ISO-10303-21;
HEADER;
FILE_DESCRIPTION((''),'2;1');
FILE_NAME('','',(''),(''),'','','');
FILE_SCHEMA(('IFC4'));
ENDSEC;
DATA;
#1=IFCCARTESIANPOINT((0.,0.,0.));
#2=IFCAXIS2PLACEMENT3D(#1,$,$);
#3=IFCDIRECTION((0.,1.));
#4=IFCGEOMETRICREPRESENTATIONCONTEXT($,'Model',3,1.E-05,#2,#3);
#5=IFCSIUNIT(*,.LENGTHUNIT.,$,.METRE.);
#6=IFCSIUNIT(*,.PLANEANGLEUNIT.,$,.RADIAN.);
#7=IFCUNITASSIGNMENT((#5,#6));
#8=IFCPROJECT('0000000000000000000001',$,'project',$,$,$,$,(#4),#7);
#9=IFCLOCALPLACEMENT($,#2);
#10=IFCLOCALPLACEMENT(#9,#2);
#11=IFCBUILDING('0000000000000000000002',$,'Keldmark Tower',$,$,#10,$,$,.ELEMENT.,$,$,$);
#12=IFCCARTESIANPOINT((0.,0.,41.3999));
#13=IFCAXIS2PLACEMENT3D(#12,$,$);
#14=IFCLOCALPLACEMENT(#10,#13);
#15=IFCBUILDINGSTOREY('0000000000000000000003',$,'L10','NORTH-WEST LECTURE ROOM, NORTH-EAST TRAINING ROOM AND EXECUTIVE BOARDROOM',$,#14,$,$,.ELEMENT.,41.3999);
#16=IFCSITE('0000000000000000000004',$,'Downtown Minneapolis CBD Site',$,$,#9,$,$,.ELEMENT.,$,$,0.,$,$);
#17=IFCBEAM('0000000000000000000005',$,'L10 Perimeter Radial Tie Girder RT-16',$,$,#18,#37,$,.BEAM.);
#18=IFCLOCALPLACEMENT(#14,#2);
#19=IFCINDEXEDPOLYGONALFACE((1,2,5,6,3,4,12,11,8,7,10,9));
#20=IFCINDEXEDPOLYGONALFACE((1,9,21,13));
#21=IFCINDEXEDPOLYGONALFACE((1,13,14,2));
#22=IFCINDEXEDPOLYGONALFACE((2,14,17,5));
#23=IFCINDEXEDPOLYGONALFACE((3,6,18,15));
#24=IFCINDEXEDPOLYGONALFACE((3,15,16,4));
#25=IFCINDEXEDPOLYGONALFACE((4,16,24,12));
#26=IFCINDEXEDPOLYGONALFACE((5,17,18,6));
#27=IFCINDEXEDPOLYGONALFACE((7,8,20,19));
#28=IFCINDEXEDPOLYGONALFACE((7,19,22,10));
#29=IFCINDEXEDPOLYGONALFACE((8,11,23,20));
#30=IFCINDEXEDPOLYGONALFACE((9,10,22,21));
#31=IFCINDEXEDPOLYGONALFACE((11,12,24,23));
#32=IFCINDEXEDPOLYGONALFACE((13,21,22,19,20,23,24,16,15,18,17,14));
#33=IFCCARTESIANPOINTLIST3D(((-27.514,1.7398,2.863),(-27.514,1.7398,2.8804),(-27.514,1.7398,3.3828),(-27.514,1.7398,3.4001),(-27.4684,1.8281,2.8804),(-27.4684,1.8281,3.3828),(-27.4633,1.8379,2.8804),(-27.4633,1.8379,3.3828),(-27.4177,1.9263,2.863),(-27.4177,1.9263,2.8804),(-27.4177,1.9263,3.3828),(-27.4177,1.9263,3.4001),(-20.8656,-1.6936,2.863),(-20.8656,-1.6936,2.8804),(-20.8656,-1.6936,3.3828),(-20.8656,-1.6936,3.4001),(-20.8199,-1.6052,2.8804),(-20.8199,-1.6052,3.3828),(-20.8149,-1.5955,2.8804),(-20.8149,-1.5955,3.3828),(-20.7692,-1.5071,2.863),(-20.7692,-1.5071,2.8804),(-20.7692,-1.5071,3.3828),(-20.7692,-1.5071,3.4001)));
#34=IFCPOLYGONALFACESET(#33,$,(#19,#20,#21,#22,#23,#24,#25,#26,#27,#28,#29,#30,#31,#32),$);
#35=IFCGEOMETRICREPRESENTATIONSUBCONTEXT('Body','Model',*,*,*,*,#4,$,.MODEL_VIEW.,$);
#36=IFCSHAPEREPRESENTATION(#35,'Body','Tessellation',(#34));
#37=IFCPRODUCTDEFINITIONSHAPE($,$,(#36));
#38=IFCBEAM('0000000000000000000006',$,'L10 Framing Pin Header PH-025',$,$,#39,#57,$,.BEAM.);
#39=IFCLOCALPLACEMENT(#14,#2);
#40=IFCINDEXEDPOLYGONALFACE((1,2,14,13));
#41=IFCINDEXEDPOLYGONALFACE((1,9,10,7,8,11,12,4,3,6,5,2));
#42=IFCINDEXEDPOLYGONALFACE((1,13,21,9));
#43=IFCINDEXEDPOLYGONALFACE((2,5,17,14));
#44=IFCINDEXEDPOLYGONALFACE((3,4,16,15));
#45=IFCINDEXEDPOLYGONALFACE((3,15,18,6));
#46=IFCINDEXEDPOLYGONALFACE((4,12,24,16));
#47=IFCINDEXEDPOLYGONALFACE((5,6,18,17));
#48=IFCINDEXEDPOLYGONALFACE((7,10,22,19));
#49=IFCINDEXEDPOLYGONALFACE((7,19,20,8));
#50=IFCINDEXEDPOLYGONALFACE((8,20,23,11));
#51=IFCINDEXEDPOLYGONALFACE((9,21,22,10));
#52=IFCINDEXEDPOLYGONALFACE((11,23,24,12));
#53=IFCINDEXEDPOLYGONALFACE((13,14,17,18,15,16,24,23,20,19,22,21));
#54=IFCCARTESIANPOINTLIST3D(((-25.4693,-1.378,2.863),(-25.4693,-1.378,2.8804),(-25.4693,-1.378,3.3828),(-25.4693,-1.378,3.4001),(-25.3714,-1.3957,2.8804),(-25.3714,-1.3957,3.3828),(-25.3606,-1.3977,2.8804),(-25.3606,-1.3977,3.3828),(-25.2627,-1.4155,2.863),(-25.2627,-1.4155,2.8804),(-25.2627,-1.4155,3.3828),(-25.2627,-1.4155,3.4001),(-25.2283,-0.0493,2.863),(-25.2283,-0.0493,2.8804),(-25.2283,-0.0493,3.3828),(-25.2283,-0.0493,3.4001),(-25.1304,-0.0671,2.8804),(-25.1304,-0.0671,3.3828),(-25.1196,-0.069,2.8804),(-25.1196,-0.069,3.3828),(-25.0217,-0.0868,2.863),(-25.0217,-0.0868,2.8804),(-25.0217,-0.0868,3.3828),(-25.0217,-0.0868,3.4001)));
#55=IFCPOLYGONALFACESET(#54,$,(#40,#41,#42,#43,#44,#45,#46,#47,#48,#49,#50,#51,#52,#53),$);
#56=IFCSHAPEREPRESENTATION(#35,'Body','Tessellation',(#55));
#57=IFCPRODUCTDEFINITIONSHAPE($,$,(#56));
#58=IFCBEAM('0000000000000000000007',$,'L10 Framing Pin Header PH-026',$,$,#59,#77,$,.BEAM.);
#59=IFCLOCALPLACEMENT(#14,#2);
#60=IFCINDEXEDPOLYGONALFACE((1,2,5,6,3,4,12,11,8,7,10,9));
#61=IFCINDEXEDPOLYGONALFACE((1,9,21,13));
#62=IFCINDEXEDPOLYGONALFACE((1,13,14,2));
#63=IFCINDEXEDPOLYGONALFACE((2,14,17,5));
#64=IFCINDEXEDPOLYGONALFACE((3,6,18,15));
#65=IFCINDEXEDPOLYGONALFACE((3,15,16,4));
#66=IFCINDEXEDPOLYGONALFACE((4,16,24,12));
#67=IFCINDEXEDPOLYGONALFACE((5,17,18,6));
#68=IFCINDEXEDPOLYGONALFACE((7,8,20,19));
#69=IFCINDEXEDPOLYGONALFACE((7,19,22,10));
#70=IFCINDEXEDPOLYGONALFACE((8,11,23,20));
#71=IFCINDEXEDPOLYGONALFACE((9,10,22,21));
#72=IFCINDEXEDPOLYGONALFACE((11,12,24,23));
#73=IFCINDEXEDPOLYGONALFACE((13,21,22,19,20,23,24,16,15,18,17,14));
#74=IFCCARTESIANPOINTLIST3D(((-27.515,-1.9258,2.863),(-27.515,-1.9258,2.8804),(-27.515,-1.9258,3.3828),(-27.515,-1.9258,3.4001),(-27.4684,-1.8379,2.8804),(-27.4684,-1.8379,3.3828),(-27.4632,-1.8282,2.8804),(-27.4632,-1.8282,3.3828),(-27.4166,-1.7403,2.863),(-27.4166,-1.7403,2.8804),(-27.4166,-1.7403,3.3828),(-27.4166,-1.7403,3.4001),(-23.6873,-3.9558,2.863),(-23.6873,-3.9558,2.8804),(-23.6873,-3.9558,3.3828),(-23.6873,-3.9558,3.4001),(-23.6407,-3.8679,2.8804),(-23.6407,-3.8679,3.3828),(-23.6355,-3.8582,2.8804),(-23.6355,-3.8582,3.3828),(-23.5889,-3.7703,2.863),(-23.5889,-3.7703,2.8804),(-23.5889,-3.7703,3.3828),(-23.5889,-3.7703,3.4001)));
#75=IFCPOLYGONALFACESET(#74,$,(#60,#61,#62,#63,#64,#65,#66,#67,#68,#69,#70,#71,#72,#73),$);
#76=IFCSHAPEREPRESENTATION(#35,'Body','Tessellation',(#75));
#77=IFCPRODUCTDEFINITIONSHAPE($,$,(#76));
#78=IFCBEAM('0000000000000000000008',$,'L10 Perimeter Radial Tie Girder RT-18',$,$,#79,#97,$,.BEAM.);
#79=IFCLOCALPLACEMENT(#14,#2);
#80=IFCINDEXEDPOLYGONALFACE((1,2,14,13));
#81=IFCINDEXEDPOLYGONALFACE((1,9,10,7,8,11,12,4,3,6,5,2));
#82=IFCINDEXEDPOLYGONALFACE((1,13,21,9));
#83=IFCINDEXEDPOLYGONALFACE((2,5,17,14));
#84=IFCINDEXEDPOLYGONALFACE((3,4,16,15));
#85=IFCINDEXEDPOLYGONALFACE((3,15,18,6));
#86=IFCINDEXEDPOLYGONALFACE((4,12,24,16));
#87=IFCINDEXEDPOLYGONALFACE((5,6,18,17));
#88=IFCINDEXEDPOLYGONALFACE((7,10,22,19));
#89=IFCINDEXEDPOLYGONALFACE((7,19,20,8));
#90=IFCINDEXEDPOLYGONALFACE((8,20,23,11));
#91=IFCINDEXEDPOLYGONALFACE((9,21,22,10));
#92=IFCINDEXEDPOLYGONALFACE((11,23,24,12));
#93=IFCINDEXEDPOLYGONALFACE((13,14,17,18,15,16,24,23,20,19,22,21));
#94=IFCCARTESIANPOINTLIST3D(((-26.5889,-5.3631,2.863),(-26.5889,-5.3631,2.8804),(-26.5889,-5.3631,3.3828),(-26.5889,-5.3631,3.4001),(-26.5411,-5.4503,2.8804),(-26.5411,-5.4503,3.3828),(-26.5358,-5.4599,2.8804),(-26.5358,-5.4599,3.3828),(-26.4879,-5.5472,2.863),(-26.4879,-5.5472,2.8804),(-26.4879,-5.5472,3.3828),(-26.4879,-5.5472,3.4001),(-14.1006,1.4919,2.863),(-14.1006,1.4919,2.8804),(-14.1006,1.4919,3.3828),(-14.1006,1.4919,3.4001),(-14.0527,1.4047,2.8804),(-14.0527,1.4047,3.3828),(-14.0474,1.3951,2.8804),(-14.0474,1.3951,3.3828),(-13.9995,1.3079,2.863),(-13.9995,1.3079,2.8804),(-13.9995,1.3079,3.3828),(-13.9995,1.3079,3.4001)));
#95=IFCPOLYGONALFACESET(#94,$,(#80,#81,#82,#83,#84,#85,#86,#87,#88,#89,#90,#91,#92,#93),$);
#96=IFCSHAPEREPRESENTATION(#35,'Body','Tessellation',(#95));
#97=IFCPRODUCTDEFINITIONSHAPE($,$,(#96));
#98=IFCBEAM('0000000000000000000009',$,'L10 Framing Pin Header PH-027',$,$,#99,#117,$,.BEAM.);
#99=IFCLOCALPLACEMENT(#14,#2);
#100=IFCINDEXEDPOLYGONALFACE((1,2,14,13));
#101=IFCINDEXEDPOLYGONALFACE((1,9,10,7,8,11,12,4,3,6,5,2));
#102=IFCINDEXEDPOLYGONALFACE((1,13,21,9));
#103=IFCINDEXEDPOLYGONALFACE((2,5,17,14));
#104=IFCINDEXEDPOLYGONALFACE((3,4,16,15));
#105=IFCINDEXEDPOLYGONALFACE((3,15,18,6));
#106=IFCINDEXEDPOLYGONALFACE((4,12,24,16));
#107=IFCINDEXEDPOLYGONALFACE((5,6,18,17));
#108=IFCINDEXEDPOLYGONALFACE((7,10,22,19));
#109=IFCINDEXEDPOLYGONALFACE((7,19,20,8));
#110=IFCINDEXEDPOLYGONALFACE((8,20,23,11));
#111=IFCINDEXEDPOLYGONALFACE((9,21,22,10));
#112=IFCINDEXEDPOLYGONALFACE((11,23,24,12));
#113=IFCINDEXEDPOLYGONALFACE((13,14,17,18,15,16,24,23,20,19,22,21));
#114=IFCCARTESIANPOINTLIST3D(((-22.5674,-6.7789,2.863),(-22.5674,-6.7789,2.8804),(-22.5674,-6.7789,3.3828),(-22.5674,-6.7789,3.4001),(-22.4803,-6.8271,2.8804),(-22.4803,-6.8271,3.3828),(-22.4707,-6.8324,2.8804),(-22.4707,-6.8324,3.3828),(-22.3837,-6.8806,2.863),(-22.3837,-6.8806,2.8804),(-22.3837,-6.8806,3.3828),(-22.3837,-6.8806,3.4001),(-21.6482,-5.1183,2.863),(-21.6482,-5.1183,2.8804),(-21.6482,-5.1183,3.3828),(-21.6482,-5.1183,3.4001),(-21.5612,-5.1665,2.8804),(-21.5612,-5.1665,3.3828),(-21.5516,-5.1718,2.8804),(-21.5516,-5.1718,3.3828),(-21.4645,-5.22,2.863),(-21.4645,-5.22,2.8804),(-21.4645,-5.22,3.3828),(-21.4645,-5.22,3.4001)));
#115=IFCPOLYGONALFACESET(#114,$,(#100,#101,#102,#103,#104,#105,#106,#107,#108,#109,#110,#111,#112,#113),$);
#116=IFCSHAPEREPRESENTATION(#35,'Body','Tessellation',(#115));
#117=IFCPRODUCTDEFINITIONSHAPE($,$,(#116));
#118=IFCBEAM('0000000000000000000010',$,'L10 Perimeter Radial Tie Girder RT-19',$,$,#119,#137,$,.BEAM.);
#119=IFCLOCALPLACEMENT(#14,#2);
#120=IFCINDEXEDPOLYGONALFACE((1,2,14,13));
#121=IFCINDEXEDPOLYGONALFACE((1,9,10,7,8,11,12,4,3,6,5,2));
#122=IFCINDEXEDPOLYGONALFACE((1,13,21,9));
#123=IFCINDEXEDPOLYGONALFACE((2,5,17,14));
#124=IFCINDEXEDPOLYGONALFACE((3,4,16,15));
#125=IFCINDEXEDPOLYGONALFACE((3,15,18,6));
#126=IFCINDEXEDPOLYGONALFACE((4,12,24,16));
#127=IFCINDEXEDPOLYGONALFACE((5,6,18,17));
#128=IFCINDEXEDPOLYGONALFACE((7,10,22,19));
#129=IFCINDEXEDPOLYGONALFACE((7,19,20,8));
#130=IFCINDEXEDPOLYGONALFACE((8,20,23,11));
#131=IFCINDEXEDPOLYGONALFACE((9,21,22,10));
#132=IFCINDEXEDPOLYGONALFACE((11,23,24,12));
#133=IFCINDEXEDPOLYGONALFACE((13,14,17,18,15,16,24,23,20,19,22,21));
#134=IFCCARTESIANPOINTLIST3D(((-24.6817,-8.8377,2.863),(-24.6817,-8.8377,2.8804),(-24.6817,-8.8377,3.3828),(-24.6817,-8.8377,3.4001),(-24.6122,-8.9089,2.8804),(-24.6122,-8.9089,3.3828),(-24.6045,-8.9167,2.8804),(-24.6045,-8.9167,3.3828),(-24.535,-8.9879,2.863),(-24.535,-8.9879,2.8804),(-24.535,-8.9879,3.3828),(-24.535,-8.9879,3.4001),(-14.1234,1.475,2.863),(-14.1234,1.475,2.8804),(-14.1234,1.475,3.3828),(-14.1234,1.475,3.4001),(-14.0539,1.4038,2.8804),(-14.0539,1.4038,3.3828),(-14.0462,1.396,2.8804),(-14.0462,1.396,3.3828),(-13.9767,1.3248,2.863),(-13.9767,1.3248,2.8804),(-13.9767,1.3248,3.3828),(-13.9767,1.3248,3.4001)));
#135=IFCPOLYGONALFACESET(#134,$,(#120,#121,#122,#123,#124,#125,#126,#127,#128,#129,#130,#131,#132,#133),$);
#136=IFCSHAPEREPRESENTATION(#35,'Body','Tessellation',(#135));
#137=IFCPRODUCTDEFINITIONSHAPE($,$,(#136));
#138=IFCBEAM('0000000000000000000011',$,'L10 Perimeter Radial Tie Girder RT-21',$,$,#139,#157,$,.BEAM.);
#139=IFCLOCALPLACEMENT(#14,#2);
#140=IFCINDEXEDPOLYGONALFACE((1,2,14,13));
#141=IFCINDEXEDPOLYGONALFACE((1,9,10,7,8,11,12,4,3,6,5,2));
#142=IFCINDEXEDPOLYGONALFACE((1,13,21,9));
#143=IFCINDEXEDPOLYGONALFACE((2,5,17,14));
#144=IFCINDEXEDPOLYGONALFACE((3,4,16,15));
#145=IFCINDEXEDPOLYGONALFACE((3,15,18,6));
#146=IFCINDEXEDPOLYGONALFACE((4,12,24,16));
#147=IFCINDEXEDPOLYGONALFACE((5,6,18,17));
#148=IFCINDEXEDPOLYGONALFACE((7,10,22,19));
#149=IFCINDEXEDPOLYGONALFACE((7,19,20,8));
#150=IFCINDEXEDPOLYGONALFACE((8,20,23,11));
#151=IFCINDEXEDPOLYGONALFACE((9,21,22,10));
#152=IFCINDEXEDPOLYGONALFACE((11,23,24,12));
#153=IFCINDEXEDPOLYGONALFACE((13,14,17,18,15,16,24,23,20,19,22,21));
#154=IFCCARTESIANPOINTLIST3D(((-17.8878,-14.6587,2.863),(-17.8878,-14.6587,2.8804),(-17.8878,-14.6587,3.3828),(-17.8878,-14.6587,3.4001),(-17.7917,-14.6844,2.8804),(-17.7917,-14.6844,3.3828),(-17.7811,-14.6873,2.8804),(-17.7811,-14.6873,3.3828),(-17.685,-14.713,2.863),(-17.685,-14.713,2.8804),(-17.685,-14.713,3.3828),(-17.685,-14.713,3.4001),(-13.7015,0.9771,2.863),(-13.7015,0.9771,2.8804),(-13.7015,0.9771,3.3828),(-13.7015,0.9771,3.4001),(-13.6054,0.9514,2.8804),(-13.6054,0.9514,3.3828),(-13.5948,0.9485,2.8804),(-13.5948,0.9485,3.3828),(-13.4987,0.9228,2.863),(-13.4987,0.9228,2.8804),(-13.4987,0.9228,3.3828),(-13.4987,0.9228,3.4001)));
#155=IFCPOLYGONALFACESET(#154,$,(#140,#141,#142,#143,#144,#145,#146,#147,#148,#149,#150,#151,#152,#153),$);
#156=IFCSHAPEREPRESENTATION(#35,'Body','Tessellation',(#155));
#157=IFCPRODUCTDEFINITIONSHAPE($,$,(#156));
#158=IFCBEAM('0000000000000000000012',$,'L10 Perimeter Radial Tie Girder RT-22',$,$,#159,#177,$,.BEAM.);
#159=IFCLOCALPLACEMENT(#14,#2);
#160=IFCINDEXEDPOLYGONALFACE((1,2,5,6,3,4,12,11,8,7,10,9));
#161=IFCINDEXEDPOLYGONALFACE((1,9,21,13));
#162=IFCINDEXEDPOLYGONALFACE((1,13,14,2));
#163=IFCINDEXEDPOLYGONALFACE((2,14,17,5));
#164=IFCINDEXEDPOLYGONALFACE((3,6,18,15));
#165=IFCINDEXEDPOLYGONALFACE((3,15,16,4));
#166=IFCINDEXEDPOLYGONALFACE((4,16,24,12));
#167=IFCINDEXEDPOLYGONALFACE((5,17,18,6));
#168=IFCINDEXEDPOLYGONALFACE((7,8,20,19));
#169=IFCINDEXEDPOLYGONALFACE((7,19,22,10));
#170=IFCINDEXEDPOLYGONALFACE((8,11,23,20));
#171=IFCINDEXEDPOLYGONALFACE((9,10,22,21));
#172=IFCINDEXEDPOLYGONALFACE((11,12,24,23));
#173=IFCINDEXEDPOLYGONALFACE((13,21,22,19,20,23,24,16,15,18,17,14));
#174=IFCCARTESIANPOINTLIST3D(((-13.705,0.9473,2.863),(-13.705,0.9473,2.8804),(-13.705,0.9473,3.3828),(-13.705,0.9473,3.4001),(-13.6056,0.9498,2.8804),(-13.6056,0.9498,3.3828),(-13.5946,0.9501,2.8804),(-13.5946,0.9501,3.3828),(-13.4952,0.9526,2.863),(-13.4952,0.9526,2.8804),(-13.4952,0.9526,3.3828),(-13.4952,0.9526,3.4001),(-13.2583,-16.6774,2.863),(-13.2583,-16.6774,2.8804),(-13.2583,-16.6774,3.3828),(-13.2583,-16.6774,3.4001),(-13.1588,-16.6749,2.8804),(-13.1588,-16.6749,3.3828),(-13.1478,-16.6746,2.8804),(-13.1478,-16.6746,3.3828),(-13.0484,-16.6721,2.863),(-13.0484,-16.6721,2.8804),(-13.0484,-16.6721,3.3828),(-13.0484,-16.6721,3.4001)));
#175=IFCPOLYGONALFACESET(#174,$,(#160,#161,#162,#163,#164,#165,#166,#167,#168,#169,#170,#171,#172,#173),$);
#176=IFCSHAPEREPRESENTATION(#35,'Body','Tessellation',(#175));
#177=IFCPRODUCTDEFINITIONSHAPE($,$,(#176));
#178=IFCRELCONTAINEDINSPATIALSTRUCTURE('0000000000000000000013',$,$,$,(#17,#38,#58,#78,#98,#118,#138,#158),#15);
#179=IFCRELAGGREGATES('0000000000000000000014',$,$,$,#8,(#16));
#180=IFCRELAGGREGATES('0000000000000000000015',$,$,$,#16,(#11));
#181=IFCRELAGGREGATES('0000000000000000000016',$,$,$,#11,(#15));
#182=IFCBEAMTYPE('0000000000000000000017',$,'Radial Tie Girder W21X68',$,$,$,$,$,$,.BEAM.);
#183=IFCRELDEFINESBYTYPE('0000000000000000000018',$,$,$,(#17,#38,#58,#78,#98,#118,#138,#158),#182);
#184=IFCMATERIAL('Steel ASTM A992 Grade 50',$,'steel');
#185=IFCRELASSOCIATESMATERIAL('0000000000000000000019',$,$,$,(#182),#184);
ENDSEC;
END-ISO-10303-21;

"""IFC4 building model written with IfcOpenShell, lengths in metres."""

from ifc_helpers import new_model, si_unit, direction, frame, origin, origin_2d, place, context, subcontext, project, spatial, i_section, extrude, material, material_profile, profile_set, type_object, element, save


model = new_model("IFC4")

# Units and contexts
model_context = context("Model", 3, precision=1e-05, world=origin(), true_north=direction((0.0, 1.0)))
body_context = subcontext(model_context, "Body", "Model", "MODEL_VIEW")
ifc_project = project(units=[si_unit("LENGTHUNIT", "METRE"), si_unit("PLANEANGLEUNIT", "RADIAN")], contexts=[model_context])

# Site, building, storey
site_placement = place(None, origin())
site = spatial("IfcSite", under=ifc_project, at=site_placement, Name="Downtown Minneapolis CBD Site", CompositionType="ELEMENT", RefElevation=0.0)
building_placement = place(site_placement, origin())
building = spatial("IfcBuilding", under=site, at=building_placement, Name="Keldmark Tower", CompositionType="ELEMENT")
storey_placement = place(building_placement, frame((0.0, 0.0, 41.3999)))
storey = spatial("IfcBuildingStorey", under=building, at=storey_placement, Name="L10", Description="NORTH-WEST LECTURE ROOM, NORTH-EAST TRAINING ROOM AND EXECUTIVE BOARDROOM", CompositionType="ELEMENT", Elevation=41.3999)

# Beams
ifc_material_1 = material(Name="Steel ASTM A992 Grade 50", Category="steel")
ifc_material_profile_1 = material_profile(ifc_material_1, i_section(OverallWidth=0.21, OverallDepth=0.5371, WebThickness=0.011, FlangeThickness=0.0173, at=origin_2d()), Name="W21X68")
ifc_profile_set_1 = profile_set([ifc_material_profile_1], Name="Steel ASTM A992 Grade 50")
beam_type_1 = type_object("IfcBeamType", Name="Radial Tie Girder W21X68", PredefinedType="BEAM", material=ifc_profile_set_1)
beam_1_placement = place(storey_placement, frame((-20.8174, -1.6003, 3.1316), z_axis=(-0.888517, 0.458843, 0.0), x_axis=(-0.458843, -0.888517, 0.0)))
element("IfcBeam", 1, at=beam_1_placement, inside=storey, type_object=beam_type_1, Name="L10 Perimeter Radial Tie Girder RT-16", PredefinedType="BEAM", context=body_context, shape_type="SweptSolid", body=[
    extrude(i_section(OverallWidth=0.21, OverallDepth=0.5371, WebThickness=0.011, FlangeThickness=0.0173, at=origin_2d()), origin(), (0.0, 0.0, 1.0), 7.4827),
])
beam_2_placement = place(storey_placement, frame((-25.366, -1.3967, 3.1316), z_axis=(0.178456, 0.983948, 0.0), x_axis=(-0.983948, 0.178456, 0.0)))
element("IfcBeam", 2, at=beam_2_placement, inside=storey, type_object=beam_type_1, Name="L10 Framing Pin Header PH-025", PredefinedType="BEAM", context=body_context, shape_type="SweptSolid", body=[
    extrude(i_section(OverallWidth=0.21, OverallDepth=0.5371, WebThickness=0.011, FlangeThickness=0.0173, at=origin_2d()), origin(), (0.0, 0.0, 1.0), 1.3503),
])
beam_3_placement = place(storey_placement, frame((-27.4658, -1.833, 3.1316), z_axis=(0.883441, -0.468543, 0.0), x_axis=(0.468543, 0.883441, 0.0)))
element("IfcBeam", 3, at=beam_3_placement, inside=storey, type_object=beam_type_1, Name="L10 Framing Pin Header PH-026", PredefinedType="BEAM", context=body_context, shape_type="SweptSolid", body=[
    extrude(i_section(OverallWidth=0.21, OverallDepth=0.5371, WebThickness=0.011, FlangeThickness=0.0173, at=origin_2d()), origin(), (0.0, 0.0, 1.0), 4.3328),
])
beam_4_placement = place(storey_placement, frame((-14.05, 1.3999, 3.1316), z_axis=(-0.876618, -0.481187, 0.0), x_axis=(0.481187, -0.876618, 0.0)))
element("IfcBeam", 4, at=beam_4_placement, inside=storey, type_object=beam_type_1, Name="L10 Perimeter Radial Tie Girder RT-18", PredefinedType="BEAM", context=body_context, shape_type="SweptSolid", body=[
    extrude(i_section(OverallWidth=0.21, OverallDepth=0.5371, WebThickness=0.011, FlangeThickness=0.0173, at=origin_2d()), origin(), (0.0, 0.0, 1.0), 14.2461),
])
beam_5_placement = place(storey_placement, frame((-21.5564, -5.1692, 3.1316), z_axis=(-0.484277, -0.874915, 0.0), x_axis=(0.874915, -0.484277, 0.0)))
element("IfcBeam", 5, at=beam_5_placement, inside=storey, type_object=beam_type_1, Name="L10 Framing Pin Header PH-027", PredefinedType="BEAM", context=body_context, shape_type="SweptSolid", body=[
    extrude(i_section(OverallWidth=0.21, OverallDepth=0.5371, WebThickness=0.011, FlangeThickness=0.0173, at=origin_2d()), origin(), (0.0, 0.0, 1.0), 1.8979),
])
beam_6_placement = place(storey_placement, frame((-14.05, 1.3999, 3.1316), z_axis=(-0.715378, -0.698737, 0.0), x_axis=(0.698737, -0.715378, 0.0)))
element("IfcBeam", 6, at=beam_6_placement, inside=storey, type_object=beam_type_1, Name="L10 Perimeter Radial Tie Girder RT-19", PredefinedType="BEAM", context=body_context, shape_type="SweptSolid", body=[
    extrude(i_section(OverallWidth=0.21, OverallDepth=0.5371, WebThickness=0.011, FlangeThickness=0.0173, at=origin_2d()), origin(), (0.0, 0.0, 1.0), 14.759),
])
beam_7_placement = place(storey_placement, frame((-13.6001, 0.95, 3.1316), z_axis=(-0.258629, -0.965977, 0.0), x_axis=(0.965977, -0.258629, 0.0)))
element("IfcBeam", 7, at=beam_7_placement, inside=storey, type_object=beam_type_1, Name="L10 Perimeter Radial Tie Girder RT-21", PredefinedType="BEAM", context=body_context, shape_type="SweptSolid", body=[
    extrude(i_section(OverallWidth=0.21, OverallDepth=0.5371, WebThickness=0.011, FlangeThickness=0.0173, at=origin_2d()), origin(), (0.0, 0.0, 1.0), 16.1865),
])
beam_8_placement = place(storey_placement, frame((-13.6001, 0.95, 3.1316), z_axis=(0.025341, -0.999679, 0.0), x_axis=(0.999679, 0.025341, 0.0)))
element("IfcBeam", 8, at=beam_8_placement, inside=storey, type_object=beam_type_1, Name="L10 Perimeter Radial Tie Girder RT-22", PredefinedType="BEAM", context=body_context, shape_type="SweptSolid", body=[
    extrude(i_section(OverallWidth=0.21, OverallDepth=0.5371, WebThickness=0.011, FlangeThickness=0.0173, at=origin_2d()), origin(), (0.0, 0.0, 1.0), 17.6304),
])

save(model, "model.ifc")
